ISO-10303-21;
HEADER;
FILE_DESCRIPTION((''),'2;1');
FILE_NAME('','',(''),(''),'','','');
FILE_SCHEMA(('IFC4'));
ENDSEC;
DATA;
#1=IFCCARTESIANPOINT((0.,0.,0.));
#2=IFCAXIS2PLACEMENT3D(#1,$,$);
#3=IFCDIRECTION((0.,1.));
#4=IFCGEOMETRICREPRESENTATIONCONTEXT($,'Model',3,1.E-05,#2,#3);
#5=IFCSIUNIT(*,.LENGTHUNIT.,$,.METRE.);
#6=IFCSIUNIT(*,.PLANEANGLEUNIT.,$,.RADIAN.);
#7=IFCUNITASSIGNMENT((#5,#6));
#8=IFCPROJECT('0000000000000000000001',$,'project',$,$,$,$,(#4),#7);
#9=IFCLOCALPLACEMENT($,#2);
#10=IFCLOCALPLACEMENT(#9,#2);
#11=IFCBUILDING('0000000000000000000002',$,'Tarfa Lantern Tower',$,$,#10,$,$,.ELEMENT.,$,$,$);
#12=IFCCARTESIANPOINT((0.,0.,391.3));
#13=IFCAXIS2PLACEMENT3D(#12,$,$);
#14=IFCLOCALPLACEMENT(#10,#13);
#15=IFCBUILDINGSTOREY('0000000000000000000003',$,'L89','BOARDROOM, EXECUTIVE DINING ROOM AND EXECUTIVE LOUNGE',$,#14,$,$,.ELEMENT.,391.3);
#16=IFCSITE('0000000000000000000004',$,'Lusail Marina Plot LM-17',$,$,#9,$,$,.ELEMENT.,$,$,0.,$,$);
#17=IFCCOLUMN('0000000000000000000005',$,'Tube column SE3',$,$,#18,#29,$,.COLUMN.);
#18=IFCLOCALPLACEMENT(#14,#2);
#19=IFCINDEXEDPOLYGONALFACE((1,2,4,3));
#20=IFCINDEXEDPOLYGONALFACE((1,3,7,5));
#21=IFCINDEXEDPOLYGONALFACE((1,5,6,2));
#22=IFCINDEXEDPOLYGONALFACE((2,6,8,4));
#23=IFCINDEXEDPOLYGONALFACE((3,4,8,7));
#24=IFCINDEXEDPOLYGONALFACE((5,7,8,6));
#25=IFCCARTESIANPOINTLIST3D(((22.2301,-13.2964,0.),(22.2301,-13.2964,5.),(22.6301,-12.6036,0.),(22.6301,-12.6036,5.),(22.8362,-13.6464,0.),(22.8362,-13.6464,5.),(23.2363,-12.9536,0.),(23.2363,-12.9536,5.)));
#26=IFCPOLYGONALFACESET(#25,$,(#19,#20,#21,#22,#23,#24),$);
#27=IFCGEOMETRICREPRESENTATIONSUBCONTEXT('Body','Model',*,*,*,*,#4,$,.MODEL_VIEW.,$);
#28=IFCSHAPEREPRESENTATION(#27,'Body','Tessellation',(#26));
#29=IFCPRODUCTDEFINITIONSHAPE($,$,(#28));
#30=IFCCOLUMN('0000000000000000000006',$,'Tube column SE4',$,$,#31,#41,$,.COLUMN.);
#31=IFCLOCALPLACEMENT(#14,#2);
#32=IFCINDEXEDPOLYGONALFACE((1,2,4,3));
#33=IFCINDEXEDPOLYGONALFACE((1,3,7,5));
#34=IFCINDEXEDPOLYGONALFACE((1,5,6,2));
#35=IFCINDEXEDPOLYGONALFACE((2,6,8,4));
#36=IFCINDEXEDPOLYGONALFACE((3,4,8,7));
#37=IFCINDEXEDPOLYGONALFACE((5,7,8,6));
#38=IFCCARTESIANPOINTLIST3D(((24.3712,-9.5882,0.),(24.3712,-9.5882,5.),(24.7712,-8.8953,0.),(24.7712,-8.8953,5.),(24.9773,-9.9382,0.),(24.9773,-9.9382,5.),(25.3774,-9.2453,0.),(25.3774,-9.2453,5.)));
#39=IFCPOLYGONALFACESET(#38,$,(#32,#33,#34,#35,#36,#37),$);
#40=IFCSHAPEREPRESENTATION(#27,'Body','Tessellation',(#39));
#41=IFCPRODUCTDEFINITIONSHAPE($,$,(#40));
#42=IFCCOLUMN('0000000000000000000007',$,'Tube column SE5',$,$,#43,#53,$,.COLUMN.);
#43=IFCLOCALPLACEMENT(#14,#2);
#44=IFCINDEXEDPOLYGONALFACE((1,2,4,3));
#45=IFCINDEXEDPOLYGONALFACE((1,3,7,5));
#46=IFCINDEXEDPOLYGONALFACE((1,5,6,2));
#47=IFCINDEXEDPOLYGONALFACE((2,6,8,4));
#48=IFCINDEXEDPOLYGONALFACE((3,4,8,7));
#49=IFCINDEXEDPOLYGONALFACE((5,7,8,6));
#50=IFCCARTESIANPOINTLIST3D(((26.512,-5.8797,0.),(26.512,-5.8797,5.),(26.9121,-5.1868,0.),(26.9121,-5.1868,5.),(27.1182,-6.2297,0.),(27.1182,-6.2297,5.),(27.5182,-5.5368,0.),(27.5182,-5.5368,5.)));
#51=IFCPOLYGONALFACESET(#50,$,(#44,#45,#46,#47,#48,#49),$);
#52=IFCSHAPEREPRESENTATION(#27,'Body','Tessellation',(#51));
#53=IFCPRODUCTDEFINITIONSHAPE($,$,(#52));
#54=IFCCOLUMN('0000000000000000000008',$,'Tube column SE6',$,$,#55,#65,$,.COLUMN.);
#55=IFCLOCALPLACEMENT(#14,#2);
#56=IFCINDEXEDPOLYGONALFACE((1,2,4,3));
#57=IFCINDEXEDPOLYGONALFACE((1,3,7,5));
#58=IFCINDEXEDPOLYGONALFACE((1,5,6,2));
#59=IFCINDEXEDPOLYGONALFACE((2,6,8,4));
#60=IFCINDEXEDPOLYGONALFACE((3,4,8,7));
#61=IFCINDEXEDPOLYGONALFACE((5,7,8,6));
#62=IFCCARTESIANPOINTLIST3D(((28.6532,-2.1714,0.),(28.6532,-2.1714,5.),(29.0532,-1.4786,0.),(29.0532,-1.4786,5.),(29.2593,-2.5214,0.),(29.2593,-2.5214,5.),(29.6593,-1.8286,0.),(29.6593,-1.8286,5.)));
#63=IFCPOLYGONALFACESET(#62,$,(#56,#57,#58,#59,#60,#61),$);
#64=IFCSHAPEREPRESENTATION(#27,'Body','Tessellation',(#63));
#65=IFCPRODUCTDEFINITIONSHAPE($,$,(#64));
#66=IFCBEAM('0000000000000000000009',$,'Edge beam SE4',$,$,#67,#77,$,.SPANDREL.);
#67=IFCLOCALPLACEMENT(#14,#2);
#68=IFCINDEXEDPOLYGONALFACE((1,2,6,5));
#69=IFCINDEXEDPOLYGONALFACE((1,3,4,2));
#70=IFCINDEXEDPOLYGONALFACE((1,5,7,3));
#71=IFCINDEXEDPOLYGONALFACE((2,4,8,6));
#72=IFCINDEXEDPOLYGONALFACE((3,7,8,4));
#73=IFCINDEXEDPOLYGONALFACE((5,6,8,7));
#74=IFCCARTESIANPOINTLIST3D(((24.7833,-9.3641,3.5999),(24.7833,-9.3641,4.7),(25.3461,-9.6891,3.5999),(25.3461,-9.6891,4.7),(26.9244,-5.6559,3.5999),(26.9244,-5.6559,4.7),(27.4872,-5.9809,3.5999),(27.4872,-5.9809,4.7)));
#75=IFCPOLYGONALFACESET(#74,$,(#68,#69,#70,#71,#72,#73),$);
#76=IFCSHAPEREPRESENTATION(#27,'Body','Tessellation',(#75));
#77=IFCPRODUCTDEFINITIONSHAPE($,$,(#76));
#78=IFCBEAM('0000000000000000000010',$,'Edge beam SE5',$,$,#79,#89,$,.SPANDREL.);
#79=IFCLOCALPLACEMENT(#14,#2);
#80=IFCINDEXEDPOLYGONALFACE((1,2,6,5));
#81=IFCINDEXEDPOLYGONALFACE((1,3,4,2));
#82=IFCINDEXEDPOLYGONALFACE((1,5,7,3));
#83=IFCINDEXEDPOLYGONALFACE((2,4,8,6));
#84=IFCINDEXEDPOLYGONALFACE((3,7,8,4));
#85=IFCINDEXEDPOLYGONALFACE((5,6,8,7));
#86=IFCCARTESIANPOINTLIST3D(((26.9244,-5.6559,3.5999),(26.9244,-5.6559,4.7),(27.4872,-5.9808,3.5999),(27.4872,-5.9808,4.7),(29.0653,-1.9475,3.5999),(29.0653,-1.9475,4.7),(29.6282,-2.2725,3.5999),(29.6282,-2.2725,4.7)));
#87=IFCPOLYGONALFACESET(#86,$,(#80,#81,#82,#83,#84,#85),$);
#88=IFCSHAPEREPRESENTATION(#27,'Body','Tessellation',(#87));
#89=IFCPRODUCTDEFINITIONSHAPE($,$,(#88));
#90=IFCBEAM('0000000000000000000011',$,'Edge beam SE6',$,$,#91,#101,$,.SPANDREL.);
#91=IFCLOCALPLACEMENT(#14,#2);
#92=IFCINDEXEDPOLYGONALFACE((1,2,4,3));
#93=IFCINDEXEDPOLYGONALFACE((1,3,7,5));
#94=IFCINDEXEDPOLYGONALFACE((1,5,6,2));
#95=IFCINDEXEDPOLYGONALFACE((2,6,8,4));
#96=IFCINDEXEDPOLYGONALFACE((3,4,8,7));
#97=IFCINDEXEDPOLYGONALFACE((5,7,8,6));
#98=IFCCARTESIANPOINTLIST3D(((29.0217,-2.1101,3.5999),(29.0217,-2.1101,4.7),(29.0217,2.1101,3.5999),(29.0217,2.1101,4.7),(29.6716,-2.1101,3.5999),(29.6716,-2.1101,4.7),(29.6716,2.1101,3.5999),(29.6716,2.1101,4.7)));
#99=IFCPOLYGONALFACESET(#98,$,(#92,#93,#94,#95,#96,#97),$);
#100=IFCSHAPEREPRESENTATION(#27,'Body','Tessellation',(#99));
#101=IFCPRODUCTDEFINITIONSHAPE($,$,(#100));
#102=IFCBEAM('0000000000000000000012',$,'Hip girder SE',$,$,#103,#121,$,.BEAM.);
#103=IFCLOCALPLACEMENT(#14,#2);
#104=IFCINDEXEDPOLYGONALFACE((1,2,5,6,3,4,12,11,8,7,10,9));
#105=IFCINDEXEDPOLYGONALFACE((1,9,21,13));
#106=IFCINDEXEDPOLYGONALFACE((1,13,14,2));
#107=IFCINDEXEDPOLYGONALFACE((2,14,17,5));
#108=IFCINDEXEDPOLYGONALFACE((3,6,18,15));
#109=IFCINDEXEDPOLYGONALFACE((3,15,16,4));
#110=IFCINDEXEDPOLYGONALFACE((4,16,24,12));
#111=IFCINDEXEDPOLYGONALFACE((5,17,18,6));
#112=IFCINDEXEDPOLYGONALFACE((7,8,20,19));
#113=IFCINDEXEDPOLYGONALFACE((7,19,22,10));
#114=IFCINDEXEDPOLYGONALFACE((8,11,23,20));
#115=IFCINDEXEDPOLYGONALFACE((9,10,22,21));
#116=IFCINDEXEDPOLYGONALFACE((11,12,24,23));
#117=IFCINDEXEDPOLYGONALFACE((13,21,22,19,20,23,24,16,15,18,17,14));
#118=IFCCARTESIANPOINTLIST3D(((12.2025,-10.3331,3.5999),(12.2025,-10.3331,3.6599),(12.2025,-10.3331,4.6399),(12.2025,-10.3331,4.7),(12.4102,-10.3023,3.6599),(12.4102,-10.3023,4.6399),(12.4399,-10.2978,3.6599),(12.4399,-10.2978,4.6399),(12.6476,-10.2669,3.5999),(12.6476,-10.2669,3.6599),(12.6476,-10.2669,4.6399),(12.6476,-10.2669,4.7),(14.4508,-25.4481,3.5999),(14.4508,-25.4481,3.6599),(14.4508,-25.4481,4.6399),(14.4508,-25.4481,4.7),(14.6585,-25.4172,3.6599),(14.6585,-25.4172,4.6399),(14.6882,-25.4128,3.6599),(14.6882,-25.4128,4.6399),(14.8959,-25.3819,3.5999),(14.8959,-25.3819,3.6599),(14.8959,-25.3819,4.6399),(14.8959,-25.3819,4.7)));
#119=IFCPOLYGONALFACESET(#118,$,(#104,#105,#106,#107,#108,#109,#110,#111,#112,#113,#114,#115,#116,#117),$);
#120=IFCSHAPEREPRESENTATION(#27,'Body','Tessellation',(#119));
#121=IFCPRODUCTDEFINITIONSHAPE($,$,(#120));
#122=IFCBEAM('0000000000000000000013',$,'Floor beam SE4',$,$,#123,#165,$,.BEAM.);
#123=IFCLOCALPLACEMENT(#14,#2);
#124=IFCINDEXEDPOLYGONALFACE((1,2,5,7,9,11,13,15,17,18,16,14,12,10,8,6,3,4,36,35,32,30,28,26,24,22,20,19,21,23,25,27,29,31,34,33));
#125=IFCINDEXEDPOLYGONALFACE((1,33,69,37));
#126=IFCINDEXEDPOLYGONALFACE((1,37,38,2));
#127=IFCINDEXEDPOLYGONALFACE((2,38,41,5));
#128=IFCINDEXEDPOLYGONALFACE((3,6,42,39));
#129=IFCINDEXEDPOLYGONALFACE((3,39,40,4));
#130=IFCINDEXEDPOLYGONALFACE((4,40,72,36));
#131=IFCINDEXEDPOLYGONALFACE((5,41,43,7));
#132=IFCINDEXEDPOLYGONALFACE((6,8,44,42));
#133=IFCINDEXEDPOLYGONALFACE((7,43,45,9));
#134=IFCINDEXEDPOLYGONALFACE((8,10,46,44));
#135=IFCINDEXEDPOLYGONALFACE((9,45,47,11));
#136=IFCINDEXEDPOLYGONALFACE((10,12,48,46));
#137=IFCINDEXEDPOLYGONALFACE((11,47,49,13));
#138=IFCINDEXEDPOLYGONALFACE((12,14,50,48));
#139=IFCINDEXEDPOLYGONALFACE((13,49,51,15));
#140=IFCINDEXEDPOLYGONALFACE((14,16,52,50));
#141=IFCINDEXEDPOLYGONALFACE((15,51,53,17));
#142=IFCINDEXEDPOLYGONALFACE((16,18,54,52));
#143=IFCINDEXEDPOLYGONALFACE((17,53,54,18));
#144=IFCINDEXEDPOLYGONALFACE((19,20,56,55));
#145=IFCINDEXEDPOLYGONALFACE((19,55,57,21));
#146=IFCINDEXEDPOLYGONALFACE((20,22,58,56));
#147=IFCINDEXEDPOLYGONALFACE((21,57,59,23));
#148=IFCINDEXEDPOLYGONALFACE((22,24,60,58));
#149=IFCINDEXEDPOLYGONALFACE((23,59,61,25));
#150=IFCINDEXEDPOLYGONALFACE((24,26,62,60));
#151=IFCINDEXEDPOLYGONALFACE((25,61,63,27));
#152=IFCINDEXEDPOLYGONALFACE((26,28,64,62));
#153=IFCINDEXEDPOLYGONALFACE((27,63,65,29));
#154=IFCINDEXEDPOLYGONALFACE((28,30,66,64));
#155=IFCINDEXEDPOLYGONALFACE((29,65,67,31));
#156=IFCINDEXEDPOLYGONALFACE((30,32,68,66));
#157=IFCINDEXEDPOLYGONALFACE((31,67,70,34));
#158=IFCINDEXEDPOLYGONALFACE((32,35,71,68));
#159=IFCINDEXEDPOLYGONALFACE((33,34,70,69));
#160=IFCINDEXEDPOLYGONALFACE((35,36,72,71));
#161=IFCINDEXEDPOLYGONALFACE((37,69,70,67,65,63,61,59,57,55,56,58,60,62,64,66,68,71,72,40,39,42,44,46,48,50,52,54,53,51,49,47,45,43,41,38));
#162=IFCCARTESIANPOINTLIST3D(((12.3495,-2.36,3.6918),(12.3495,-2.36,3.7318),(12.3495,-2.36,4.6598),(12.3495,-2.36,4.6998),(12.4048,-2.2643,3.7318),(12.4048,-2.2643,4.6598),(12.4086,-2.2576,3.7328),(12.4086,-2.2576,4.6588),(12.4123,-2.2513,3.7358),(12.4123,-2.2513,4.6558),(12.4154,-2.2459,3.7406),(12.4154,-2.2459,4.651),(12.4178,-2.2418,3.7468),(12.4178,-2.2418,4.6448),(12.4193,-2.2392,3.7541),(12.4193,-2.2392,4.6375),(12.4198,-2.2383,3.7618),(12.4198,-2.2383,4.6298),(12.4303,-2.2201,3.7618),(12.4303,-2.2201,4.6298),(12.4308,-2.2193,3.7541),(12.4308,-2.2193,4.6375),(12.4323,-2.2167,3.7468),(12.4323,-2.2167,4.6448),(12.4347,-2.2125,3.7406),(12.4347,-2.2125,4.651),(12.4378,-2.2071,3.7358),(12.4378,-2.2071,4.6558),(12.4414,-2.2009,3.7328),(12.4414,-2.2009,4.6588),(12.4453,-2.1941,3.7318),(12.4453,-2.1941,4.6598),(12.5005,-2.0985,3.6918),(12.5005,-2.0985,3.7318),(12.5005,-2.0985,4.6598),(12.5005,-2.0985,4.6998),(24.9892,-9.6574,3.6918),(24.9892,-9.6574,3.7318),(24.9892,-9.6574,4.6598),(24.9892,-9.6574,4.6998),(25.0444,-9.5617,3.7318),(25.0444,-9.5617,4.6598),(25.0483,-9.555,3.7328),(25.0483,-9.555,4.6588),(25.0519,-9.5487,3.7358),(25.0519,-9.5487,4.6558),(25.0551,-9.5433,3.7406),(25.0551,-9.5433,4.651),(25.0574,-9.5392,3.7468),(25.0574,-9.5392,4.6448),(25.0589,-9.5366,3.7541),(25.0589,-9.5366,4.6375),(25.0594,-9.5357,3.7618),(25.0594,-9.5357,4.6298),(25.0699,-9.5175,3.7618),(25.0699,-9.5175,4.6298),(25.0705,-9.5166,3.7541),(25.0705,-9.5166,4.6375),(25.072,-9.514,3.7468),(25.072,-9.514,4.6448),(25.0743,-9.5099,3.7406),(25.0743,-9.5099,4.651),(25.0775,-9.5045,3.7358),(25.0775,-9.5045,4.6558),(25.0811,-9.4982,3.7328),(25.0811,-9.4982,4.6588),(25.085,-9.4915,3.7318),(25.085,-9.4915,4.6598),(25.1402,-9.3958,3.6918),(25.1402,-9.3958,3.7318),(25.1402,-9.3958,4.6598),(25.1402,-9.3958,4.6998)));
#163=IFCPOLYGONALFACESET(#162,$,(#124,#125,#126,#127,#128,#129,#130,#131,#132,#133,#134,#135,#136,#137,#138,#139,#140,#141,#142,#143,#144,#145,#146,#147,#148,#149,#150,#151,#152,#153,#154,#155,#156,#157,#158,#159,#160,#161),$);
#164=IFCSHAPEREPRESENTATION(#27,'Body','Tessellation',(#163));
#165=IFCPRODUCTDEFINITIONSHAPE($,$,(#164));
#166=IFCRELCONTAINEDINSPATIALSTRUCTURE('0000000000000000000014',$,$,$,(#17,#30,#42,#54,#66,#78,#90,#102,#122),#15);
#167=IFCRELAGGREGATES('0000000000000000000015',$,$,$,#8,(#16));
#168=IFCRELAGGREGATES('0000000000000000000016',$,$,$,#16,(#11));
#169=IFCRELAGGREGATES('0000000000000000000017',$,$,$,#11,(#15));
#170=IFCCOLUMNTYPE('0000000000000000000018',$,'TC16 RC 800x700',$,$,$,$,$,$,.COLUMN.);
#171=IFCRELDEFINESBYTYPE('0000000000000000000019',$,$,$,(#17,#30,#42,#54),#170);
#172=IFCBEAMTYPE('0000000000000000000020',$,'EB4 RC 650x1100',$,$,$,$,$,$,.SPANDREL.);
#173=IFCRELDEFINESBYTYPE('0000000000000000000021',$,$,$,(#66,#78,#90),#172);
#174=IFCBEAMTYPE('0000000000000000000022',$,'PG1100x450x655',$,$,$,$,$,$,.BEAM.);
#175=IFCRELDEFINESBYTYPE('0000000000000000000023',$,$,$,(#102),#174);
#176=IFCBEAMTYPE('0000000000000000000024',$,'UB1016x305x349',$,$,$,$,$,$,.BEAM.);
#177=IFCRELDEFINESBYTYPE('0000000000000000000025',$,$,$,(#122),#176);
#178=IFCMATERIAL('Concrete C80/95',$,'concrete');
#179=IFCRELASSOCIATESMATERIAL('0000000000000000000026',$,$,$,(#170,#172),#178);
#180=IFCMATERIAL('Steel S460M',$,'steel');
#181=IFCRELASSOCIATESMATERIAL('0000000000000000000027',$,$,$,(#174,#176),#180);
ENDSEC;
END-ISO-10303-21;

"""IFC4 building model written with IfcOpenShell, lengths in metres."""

from ifc_helpers import new_model, si_unit, direction, frame, origin, origin_2d, place, context, subcontext, project, spatial, rectangle, i_section, extrude, material, material_profile, profile_set, type_object, element, save


model = new_model("IFC4")

# Units and contexts
model_context = context("Model", 3, precision=1e-05, world=origin(), true_north=direction((0.0, 1.0)))
body_context = subcontext(model_context, "Body", "Model", "MODEL_VIEW")
ifc_project = project(units=[si_unit("LENGTHUNIT", "METRE"), si_unit("PLANEANGLEUNIT", "RADIAN")], contexts=[model_context])

# Site, building, storey
site_placement = place(None, origin())
site = spatial("IfcSite", under=ifc_project, at=site_placement, Name="Lusail Marina Plot LM-17", CompositionType="ELEMENT", RefElevation=0.0)
building_placement = place(site_placement, origin())
building = spatial("IfcBuilding", under=site, at=building_placement, Name="Tarfa Lantern Tower", CompositionType="ELEMENT")
storey_placement = place(building_placement, frame((0.0, 0.0, 391.3)))
storey = spatial("IfcBuildingStorey", under=building, at=storey_placement, Name="L89", Description="BOARDROOM, EXECUTIVE DINING ROOM AND EXECUTIVE LOUNGE", CompositionType="ELEMENT", Elevation=391.3)

# Columns
ifc_material_1 = material(Name="Concrete C80/95", Category="concrete")
ifc_material_profile_1 = material_profile(ifc_material_1, rectangle(XDim=0.8, YDim=0.7, at=origin_2d()), Name="RC 800x700")
ifc_profile_set_1 = profile_set([ifc_material_profile_1], Name="Concrete C80/95")
column_type = type_object("IfcColumnType", Name="TC16 RC 800x700", PredefinedType="COLUMN", material=ifc_profile_set_1)
for number, where, z_axis, x_axis, name in (
    (1, (22.7332, -13.125, 0.0), (0.0, 0.0, 1.0), (0.5, 0.866025, 0.0), "Tube column SE3"),
    (2, (24.8743, -9.4167, 0.0), (0.0, 0.0, 1.0), (0.5, 0.866025, 0.0), "Tube column SE4"),
    (3, (27.0151, -5.7083, 0.0), (0.0, 0.0, 1.0), (0.5, 0.866025, 0.0), "Tube column SE5"),
    (4, (29.1562, -2.0, 0.0), (0.0, 0.0, 1.0), (0.5, 0.866025, 0.0), "Tube column SE6"),
):
    element("IfcColumn", number, at=place(storey_placement, frame(where, z_axis=z_axis, x_axis=x_axis)), inside=storey, type_object=column_type, Name=name, PredefinedType="COLUMN", context=body_context, shape_type="SweptSolid", body=[
        extrude(rectangle(XDim=0.8, YDim=0.7, at=origin_2d()), origin(), (0.0, 0.0, 1.0), 5.0),
    ])

# Beams
ifc_material_profile_2 = material_profile(ifc_material_1, rectangle(XDim=0.6499, YDim=1.1001, at=origin_2d()), Name="RC 650x1100")
ifc_profile_set_2 = profile_set([ifc_material_profile_2], Name="Concrete C80/95")
beam_type_1 = type_object("IfcBeamType", Name="EB4 RC 650x1100", PredefinedType="SPANDREL", material=ifc_profile_set_2)
for number, where, z_axis, x_axis, name in (
    (5, (25.0647, -9.5266, 4.1499), (0.500027, 0.86601, 0.0), (-0.86601, 0.500027, 0.0), "Edge beam SE4"),
    (6, (27.2058, -5.8184, 4.1499), (0.499984, 0.866035, 0.0), (-0.866035, 0.499984, 0.0), "Edge beam SE5"),
):
    element("IfcBeam", number, at=place(storey_placement, frame(where, z_axis=z_axis, x_axis=x_axis)), inside=storey, type_object=beam_type_1, Name=name, PredefinedType="SPANDREL", context=body_context, shape_type="SweptSolid", body=[
        extrude(rectangle(XDim=0.6499, YDim=1.1001, at=origin_2d()), origin(), (0.0, 0.0, 1.0), 4.282),
    ])
beam_1_placement = place(storey_placement, frame((29.3467, -2.1101, 4.1499), z_axis=(0.0, 1.0, 0.0), x_axis=(-1.0, 0.0, 0.0)))
element("IfcBeam", 7, at=beam_1_placement, inside=storey, type_object=beam_type_1, Name="Edge beam SE6", PredefinedType="SPANDREL", context=body_context, shape_type="SweptSolid", body=[
    extrude(rectangle(XDim=0.6499, YDim=1.1001, at=origin_2d()), origin(), (0.0, 0.0, 1.0), 4.2202),
])
ifc_material_2 = material(Name="Steel S460M", Category="steel")
ifc_material_profile_3 = material_profile(ifc_material_2, i_section(OverallWidth=0.45, OverallDepth=1.1001, WebThickness=0.03, FlangeThickness=0.0601, at=origin_2d()), Name="PG1100x450x655")
ifc_profile_set_3 = profile_set([ifc_material_profile_3], Name="Steel S460M")
beam_type_2 = type_object("IfcBeamType", Name="PG1100x450x655", PredefinedType="BEAM", material=ifc_profile_set_3)
beam_2_placement = place(storey_placement, frame((12.425, -10.3, 4.1499), z_axis=(0.147127, -0.989118, 0.0), x_axis=(0.989118, 0.147127, 0.0)))
element("IfcBeam", 8, at=beam_2_placement, inside=storey, type_object=beam_type_2, Name="Hip girder SE", PredefinedType="BEAM", context=body_context, shape_type="SweptSolid", body=[
    extrude(i_section(OverallWidth=0.45, OverallDepth=1.1001, WebThickness=0.03, FlangeThickness=0.0601, at=origin_2d()), origin(), (0.0, 0.0, 1.0), 15.2812),
])
ifc_material_profile_4 = material_profile(ifc_material_2, i_section(OverallWidth=0.302, OverallDepth=1.0081, WebThickness=0.021, FlangeThickness=0.04, FilletRadius=0.03, at=origin_2d()), Name="UB1016x305x349")
ifc_profile_set_4 = profile_set([ifc_material_profile_4], Name="Steel S460M")
beam_type_3 = type_object("IfcBeamType", Name="UB1016x305x349", PredefinedType="BEAM", material=ifc_profile_set_4)
beam_3_placement = place(storey_placement, frame((25.0647, -9.5266, 4.1958), z_axis=(-0.86603, 0.499993, 0.0), x_axis=(-0.499993, -0.86603, 0.0)))
element("IfcBeam", 9, at=beam_3_placement, inside=storey, type_object=beam_type_3, Name="Floor beam SE4", PredefinedType="BEAM", context=body_context, shape_type="SweptSolid", body=[
    extrude(i_section(OverallWidth=0.302, OverallDepth=1.0081, WebThickness=0.021, FlangeThickness=0.04, FilletRadius=0.03, at=origin_2d()), origin(), (0.0, 0.0, 1.0), 14.595),
])

save(model, "model.ifc")
